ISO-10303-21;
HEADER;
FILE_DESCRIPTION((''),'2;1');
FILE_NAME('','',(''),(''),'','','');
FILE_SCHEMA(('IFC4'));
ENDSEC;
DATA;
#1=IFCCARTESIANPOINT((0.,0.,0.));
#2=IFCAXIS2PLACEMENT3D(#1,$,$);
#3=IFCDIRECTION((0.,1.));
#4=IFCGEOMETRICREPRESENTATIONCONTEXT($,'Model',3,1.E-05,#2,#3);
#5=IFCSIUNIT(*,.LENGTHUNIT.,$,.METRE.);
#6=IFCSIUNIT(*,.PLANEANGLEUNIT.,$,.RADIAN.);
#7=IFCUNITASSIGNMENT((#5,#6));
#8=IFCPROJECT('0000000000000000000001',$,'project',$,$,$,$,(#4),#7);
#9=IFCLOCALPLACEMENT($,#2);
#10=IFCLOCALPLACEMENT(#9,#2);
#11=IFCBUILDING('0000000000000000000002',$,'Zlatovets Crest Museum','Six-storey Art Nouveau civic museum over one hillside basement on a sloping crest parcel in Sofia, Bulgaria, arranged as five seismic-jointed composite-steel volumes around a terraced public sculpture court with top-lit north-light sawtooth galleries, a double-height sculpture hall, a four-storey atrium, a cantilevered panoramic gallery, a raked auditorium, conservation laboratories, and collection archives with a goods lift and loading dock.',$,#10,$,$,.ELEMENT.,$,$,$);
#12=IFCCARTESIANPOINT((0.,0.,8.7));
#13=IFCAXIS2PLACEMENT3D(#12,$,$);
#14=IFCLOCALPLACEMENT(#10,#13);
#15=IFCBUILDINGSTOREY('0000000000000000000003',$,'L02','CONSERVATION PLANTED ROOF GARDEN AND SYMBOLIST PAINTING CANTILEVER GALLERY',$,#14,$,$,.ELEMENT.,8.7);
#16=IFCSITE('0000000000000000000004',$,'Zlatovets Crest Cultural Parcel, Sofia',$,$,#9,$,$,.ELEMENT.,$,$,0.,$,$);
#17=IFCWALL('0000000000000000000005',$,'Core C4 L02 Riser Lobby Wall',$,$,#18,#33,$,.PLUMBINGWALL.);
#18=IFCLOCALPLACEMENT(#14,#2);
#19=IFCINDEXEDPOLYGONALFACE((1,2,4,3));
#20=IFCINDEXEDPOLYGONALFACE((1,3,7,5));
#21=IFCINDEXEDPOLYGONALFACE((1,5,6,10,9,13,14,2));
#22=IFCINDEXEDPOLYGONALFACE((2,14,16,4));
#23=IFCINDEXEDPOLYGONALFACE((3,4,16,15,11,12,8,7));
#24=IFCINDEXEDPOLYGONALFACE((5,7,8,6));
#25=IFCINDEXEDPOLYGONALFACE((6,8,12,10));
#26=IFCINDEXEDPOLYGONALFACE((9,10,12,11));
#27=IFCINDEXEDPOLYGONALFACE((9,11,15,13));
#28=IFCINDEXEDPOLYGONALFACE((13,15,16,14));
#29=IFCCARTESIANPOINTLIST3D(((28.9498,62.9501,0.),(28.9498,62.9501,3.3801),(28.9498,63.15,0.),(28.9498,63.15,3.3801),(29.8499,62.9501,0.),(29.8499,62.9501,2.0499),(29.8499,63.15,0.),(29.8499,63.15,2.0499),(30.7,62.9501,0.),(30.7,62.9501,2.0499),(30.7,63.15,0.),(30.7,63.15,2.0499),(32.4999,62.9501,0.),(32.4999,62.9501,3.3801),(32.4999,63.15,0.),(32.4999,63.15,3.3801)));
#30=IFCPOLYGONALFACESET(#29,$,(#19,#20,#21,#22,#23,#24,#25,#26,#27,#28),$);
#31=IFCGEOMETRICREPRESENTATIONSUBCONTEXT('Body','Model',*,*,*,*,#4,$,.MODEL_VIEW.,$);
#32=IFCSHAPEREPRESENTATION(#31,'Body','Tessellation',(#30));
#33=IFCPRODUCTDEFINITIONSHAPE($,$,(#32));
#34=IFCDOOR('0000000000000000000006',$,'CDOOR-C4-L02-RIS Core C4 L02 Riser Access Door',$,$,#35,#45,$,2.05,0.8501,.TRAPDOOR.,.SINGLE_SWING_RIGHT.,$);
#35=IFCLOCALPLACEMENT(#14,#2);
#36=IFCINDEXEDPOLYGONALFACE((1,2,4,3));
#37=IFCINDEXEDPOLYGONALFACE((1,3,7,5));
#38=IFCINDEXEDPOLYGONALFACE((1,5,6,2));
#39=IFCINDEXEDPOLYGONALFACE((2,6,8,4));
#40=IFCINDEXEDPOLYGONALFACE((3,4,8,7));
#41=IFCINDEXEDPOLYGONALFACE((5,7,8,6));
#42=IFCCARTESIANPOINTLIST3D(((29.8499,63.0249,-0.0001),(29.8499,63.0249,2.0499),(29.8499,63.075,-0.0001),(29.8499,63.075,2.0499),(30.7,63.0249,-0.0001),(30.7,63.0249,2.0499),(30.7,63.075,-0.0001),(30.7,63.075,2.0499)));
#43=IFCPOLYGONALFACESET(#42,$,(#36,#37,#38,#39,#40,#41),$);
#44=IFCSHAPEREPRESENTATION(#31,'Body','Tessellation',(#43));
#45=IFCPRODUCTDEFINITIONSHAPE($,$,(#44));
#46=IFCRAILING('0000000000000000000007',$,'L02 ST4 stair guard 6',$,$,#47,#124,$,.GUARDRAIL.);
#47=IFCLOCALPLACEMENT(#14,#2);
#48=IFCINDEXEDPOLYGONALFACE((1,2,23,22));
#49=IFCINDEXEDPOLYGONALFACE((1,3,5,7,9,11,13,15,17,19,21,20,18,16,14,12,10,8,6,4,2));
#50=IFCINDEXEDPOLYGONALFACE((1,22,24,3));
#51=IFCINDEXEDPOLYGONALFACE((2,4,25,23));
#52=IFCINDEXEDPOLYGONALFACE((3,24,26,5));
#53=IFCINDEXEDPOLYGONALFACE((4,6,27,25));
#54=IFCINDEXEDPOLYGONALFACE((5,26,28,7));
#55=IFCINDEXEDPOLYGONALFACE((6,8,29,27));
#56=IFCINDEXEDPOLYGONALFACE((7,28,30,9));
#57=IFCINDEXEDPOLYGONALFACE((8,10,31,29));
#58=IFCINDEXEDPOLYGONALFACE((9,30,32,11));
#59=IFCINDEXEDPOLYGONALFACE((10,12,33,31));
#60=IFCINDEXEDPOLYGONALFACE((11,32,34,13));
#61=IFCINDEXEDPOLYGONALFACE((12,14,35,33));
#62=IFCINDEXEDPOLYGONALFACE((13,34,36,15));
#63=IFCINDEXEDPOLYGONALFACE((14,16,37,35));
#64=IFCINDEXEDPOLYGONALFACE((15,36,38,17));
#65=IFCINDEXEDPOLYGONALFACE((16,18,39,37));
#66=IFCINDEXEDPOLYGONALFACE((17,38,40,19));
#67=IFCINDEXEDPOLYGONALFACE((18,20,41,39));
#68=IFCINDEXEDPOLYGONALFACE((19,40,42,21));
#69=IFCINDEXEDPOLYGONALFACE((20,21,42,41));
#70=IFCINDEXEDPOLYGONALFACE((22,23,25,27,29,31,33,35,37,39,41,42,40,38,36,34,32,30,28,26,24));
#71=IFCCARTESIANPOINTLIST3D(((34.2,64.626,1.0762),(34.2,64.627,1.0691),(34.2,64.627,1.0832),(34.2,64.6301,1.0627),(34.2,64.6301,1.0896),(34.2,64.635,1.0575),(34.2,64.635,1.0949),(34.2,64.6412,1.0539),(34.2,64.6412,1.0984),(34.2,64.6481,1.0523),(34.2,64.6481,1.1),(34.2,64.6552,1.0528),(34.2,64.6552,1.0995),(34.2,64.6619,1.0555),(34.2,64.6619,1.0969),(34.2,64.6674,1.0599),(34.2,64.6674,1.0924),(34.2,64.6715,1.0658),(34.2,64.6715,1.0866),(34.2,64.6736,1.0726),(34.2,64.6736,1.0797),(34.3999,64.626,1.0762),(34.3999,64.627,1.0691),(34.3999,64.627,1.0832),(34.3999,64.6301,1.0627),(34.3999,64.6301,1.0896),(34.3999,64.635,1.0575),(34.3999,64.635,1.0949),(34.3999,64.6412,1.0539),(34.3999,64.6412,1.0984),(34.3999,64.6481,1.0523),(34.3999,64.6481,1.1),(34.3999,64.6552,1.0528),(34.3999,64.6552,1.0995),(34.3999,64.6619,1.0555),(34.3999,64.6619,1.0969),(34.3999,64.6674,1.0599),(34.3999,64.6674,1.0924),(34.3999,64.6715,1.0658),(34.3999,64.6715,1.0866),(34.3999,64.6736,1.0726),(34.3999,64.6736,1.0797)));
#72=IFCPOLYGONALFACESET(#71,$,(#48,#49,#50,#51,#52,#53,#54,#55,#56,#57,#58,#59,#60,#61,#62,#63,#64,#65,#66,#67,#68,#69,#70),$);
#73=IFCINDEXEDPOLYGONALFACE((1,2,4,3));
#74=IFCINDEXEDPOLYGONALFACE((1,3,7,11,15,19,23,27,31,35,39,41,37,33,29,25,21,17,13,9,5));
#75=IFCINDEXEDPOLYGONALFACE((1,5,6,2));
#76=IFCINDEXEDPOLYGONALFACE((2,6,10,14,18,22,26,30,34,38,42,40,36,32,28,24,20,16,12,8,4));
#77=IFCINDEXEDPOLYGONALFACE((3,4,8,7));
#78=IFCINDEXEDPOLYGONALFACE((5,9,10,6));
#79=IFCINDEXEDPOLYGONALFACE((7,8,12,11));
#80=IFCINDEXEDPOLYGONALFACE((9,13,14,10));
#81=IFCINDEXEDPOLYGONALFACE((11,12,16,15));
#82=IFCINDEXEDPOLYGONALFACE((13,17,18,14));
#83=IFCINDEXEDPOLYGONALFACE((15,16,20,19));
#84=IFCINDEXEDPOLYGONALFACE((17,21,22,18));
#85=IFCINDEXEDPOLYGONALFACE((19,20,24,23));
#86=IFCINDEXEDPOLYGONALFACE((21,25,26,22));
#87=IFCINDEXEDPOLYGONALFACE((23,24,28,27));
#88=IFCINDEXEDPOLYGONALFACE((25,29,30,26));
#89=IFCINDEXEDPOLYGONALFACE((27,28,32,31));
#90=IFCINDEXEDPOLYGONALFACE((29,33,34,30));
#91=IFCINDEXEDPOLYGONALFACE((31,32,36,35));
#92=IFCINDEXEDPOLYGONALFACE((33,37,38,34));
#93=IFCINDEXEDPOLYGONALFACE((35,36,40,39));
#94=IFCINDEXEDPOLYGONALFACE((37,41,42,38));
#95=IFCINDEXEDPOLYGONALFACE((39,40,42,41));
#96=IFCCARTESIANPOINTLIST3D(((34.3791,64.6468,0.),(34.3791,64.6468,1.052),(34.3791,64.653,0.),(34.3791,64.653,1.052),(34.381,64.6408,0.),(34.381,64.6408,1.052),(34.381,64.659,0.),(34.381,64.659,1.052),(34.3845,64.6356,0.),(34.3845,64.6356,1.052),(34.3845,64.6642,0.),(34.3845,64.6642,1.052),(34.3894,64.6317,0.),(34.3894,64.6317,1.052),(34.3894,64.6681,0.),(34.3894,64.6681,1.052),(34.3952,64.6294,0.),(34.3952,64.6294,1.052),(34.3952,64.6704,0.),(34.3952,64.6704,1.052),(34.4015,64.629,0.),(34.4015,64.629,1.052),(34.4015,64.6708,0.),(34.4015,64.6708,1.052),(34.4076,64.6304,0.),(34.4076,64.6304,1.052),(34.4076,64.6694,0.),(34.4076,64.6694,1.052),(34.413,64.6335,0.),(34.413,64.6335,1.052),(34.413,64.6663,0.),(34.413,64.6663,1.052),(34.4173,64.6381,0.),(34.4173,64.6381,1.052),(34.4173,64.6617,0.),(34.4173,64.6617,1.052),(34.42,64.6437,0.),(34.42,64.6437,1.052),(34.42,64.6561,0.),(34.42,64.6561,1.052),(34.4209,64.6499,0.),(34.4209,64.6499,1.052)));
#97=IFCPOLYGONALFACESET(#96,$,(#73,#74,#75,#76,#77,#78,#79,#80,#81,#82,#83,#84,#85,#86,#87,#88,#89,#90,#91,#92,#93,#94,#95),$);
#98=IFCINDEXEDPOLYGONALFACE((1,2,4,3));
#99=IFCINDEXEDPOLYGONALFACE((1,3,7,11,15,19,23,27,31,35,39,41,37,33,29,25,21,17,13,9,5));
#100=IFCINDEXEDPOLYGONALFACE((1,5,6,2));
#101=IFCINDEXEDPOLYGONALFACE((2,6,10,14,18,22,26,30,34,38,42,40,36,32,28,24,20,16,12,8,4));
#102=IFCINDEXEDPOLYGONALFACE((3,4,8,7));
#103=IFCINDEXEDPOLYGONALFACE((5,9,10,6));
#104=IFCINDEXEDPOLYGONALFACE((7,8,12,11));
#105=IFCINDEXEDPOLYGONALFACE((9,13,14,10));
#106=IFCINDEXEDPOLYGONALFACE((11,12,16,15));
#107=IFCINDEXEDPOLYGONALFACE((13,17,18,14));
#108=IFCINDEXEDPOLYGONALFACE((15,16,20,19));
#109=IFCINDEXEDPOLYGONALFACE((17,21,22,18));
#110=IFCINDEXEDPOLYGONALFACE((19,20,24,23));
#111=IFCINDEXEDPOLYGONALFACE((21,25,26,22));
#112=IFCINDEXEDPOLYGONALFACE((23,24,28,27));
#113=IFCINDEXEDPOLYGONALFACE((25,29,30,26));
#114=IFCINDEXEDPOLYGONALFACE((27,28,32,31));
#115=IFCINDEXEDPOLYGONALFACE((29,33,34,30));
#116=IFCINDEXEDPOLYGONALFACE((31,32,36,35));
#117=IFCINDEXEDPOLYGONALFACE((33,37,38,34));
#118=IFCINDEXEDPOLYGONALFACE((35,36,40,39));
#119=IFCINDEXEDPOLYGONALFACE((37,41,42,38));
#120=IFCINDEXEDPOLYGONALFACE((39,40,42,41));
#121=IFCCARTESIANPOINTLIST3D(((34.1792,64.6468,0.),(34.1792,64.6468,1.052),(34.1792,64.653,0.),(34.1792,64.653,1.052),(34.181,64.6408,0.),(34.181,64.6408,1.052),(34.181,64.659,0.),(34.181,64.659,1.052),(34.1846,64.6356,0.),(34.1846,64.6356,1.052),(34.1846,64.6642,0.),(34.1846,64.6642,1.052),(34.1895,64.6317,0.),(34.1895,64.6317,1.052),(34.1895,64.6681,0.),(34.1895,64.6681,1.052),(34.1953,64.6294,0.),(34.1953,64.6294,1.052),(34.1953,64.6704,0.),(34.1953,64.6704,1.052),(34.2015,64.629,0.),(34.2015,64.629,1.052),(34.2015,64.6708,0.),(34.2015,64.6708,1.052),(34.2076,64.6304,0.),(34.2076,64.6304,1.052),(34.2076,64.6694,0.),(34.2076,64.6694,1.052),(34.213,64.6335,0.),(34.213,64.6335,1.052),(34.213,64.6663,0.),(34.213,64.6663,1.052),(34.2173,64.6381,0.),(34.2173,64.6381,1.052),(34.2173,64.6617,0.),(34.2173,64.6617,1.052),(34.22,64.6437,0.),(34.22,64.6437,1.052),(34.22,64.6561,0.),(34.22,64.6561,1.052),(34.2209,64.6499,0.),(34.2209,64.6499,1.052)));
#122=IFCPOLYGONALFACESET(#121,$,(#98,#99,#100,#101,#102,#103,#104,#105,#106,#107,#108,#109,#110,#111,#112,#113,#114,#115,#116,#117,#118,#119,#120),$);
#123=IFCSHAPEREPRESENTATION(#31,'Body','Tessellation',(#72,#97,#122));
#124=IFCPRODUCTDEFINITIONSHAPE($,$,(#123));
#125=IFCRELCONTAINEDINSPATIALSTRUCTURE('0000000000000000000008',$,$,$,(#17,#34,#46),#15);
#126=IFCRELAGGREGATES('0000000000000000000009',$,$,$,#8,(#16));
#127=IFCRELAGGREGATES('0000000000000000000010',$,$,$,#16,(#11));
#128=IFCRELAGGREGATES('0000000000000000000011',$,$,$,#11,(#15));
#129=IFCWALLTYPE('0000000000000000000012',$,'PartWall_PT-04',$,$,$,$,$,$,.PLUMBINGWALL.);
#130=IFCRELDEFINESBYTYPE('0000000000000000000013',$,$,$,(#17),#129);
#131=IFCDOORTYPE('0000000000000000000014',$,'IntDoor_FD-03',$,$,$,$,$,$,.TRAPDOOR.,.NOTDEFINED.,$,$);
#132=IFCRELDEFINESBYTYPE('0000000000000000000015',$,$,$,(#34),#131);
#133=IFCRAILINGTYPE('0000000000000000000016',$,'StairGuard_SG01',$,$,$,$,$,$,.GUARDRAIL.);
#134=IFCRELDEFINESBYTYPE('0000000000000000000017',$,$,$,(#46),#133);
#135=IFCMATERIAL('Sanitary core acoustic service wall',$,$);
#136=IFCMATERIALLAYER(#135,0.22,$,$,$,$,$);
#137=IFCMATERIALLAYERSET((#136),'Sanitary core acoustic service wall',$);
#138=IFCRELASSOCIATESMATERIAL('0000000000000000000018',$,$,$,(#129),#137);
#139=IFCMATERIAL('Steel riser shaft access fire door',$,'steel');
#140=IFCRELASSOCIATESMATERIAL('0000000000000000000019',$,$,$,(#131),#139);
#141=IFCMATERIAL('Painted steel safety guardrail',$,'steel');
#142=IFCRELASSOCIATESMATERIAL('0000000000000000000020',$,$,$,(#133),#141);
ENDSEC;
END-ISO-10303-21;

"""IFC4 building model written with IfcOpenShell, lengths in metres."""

from ifc_helpers import new_model, si_unit, direction, frame, frame_2d, origin, origin_2d, place, context, subcontext, project, spatial, rectangle, circle, extrude, material, layer, layer_set, type_object, element, fill, save


model = new_model("IFC4")

# Units and contexts
model_context = context("Model", 3, precision=1e-05, world=origin(), true_north=direction((0.0, 1.0)))
body_context = subcontext(model_context, "Body", "Model", "MODEL_VIEW")
ifc_project = project(units=[si_unit("LENGTHUNIT", "METRE"), si_unit("PLANEANGLEUNIT", "RADIAN")], contexts=[model_context])

# Site, building, storey
site_placement = place(None, origin())
site = spatial("IfcSite", under=ifc_project, at=site_placement, Name="Zlatovets Crest Cultural Parcel, Sofia", CompositionType="ELEMENT", RefElevation=0.0)
building_placement = place(site_placement, origin())
building = spatial("IfcBuilding", under=site, at=building_placement, Name="Zlatovets Crest Museum", Description="Six-storey Art Nouveau civic museum over one hillside basement on a sloping crest parcel in Sofia, Bulgaria, arranged as five seismic-jointed composite-steel volumes around a terraced public sculpture court with top-lit north-light sawtooth galleries, a double-height sculpture hall, a four-storey atrium, a cantilevered panoramic gallery, a raked auditorium, conservation laboratories, and collection archives with a goods lift and loading dock.", CompositionType="ELEMENT")
storey_placement = place(building_placement, frame((0.0, 0.0, 8.7)))
storey = spatial("IfcBuildingStorey", under=building, at=storey_placement, Name="L02", Description="CONSERVATION PLANTED ROOF GARDEN AND SYMBOLIST PAINTING CANTILEVER GALLERY", CompositionType="ELEMENT", Elevation=8.7)

# Wall, opening, door
ifc_material_1 = material(Name="Sanitary core acoustic service wall")
ifc_layer_1 = layer(ifc_material_1, 0.22)
ifc_layer_set_1 = layer_set([ifc_layer_1], Name="Sanitary core acoustic service wall")
wall_type_1 = type_object("IfcWallType", Name="PartWall_PT-04", PredefinedType="PLUMBINGWALL", material=ifc_layer_set_1)
wall_1_placement = place(storey_placement, frame((28.95, 63.05, 0.0), z_axis=(0.0, 0.0, 1.0), x_axis=(1.0, 0.0, 0.0)))
wall_1 = element("IfcWall", 1, at=wall_1_placement, inside=storey, type_object=wall_type_1, Name="Core C4 L02 Riser Lobby Wall", PredefinedType="PLUMBINGWALL", context=body_context, shape_type="SweptSolid", body=[
    extrude(rectangle(XDim=3.55, YDim=0.2, at=frame_2d((1.7749, 0.0))), origin(), (0.0, 0.0, 1.0), 3.3801),
])
opening_1_placement = place(wall_1_placement, frame((0.8999, 0.0, 0.0)))
opening_1 = element("IfcOpeningElement", 2, at=opening_1_placement, cuts=wall_1, PredefinedType="OPENING", context=body_context, shape_type="SweptSolid", body=[
    extrude(rectangle(XDim=0.8501, YDim=2.05, at=frame_2d((0.425, 1.0249))), frame((0.0, 0.1099, 0.0), z_axis=(0.0, -1.0, 0.0), x_axis=(1.0, 0.0, 0.0)), (0.0, 0.0, 1.0), 0.22),
])
ifc_material_2 = material(Name="Steel riser shaft access fire door", Category="steel")
door_type_1 = type_object("IfcDoorType", Name="IntDoor_FD-03", OperationType="NOTDEFINED", PredefinedType="TRAPDOOR", material=ifc_material_2)
door_1_placement = place(opening_1_placement, origin())
door_1 = element("IfcDoor", 3, at=door_1_placement, inside=storey, type_object=door_type_1, Name="CDOOR-C4-L02-RIS Core C4 L02 Riser Access Door", OperationType="SINGLE_SWING_RIGHT", OverallHeight=2.05, OverallWidth=0.8501, PredefinedType="TRAPDOOR", context=body_context, shape_type="SweptSolid", body=[
    extrude(rectangle(XDim=0.8501, YDim=2.05, at=frame_2d((0.425, 1.0249))), frame((0.0, 0.0249, 0.0), z_axis=(0.0, -1.0, 0.0), x_axis=(1.0, 0.0, 0.0)), (0.0, 0.0, 1.0), 0.05),
])
fill(opening_1, door_1)

# Railing
ifc_material_3 = material(Name="Painted steel safety guardrail", Category="steel")
railing_type = type_object("IfcRailingType", Name="StairGuard_SG01", PredefinedType="GUARDRAIL", material=ifc_material_3)
railing_1_placement = place(storey_placement, frame((34.3999, 64.6499, 0.0)))
element("IfcRailing", 4, at=railing_1_placement, inside=storey, type_object=railing_type, Name="L02 ST4 stair guard 6", PredefinedType="GUARDRAIL", context=body_context, shape_type="SweptSolid", body=[
    extrude(circle(Radius=0.0239, at=origin_2d()), frame((0.0, 0.0, 1.0762), z_axis=(-1.0, 0.0, 0.0), x_axis=(0.0, -1.0, 0.0)), (0.0, 0.0, 1.0), 0.2),
    extrude(circle(Radius=0.021, at=origin_2d()), origin(), (0.0, 0.0, 1.0), 1.052),
    extrude(circle(Radius=0.021, at=origin_2d()), frame((-0.2, 0.0, 0.0)), (0.0, 0.0, 1.0), 1.052),
])

save(model, "model.ifc")
